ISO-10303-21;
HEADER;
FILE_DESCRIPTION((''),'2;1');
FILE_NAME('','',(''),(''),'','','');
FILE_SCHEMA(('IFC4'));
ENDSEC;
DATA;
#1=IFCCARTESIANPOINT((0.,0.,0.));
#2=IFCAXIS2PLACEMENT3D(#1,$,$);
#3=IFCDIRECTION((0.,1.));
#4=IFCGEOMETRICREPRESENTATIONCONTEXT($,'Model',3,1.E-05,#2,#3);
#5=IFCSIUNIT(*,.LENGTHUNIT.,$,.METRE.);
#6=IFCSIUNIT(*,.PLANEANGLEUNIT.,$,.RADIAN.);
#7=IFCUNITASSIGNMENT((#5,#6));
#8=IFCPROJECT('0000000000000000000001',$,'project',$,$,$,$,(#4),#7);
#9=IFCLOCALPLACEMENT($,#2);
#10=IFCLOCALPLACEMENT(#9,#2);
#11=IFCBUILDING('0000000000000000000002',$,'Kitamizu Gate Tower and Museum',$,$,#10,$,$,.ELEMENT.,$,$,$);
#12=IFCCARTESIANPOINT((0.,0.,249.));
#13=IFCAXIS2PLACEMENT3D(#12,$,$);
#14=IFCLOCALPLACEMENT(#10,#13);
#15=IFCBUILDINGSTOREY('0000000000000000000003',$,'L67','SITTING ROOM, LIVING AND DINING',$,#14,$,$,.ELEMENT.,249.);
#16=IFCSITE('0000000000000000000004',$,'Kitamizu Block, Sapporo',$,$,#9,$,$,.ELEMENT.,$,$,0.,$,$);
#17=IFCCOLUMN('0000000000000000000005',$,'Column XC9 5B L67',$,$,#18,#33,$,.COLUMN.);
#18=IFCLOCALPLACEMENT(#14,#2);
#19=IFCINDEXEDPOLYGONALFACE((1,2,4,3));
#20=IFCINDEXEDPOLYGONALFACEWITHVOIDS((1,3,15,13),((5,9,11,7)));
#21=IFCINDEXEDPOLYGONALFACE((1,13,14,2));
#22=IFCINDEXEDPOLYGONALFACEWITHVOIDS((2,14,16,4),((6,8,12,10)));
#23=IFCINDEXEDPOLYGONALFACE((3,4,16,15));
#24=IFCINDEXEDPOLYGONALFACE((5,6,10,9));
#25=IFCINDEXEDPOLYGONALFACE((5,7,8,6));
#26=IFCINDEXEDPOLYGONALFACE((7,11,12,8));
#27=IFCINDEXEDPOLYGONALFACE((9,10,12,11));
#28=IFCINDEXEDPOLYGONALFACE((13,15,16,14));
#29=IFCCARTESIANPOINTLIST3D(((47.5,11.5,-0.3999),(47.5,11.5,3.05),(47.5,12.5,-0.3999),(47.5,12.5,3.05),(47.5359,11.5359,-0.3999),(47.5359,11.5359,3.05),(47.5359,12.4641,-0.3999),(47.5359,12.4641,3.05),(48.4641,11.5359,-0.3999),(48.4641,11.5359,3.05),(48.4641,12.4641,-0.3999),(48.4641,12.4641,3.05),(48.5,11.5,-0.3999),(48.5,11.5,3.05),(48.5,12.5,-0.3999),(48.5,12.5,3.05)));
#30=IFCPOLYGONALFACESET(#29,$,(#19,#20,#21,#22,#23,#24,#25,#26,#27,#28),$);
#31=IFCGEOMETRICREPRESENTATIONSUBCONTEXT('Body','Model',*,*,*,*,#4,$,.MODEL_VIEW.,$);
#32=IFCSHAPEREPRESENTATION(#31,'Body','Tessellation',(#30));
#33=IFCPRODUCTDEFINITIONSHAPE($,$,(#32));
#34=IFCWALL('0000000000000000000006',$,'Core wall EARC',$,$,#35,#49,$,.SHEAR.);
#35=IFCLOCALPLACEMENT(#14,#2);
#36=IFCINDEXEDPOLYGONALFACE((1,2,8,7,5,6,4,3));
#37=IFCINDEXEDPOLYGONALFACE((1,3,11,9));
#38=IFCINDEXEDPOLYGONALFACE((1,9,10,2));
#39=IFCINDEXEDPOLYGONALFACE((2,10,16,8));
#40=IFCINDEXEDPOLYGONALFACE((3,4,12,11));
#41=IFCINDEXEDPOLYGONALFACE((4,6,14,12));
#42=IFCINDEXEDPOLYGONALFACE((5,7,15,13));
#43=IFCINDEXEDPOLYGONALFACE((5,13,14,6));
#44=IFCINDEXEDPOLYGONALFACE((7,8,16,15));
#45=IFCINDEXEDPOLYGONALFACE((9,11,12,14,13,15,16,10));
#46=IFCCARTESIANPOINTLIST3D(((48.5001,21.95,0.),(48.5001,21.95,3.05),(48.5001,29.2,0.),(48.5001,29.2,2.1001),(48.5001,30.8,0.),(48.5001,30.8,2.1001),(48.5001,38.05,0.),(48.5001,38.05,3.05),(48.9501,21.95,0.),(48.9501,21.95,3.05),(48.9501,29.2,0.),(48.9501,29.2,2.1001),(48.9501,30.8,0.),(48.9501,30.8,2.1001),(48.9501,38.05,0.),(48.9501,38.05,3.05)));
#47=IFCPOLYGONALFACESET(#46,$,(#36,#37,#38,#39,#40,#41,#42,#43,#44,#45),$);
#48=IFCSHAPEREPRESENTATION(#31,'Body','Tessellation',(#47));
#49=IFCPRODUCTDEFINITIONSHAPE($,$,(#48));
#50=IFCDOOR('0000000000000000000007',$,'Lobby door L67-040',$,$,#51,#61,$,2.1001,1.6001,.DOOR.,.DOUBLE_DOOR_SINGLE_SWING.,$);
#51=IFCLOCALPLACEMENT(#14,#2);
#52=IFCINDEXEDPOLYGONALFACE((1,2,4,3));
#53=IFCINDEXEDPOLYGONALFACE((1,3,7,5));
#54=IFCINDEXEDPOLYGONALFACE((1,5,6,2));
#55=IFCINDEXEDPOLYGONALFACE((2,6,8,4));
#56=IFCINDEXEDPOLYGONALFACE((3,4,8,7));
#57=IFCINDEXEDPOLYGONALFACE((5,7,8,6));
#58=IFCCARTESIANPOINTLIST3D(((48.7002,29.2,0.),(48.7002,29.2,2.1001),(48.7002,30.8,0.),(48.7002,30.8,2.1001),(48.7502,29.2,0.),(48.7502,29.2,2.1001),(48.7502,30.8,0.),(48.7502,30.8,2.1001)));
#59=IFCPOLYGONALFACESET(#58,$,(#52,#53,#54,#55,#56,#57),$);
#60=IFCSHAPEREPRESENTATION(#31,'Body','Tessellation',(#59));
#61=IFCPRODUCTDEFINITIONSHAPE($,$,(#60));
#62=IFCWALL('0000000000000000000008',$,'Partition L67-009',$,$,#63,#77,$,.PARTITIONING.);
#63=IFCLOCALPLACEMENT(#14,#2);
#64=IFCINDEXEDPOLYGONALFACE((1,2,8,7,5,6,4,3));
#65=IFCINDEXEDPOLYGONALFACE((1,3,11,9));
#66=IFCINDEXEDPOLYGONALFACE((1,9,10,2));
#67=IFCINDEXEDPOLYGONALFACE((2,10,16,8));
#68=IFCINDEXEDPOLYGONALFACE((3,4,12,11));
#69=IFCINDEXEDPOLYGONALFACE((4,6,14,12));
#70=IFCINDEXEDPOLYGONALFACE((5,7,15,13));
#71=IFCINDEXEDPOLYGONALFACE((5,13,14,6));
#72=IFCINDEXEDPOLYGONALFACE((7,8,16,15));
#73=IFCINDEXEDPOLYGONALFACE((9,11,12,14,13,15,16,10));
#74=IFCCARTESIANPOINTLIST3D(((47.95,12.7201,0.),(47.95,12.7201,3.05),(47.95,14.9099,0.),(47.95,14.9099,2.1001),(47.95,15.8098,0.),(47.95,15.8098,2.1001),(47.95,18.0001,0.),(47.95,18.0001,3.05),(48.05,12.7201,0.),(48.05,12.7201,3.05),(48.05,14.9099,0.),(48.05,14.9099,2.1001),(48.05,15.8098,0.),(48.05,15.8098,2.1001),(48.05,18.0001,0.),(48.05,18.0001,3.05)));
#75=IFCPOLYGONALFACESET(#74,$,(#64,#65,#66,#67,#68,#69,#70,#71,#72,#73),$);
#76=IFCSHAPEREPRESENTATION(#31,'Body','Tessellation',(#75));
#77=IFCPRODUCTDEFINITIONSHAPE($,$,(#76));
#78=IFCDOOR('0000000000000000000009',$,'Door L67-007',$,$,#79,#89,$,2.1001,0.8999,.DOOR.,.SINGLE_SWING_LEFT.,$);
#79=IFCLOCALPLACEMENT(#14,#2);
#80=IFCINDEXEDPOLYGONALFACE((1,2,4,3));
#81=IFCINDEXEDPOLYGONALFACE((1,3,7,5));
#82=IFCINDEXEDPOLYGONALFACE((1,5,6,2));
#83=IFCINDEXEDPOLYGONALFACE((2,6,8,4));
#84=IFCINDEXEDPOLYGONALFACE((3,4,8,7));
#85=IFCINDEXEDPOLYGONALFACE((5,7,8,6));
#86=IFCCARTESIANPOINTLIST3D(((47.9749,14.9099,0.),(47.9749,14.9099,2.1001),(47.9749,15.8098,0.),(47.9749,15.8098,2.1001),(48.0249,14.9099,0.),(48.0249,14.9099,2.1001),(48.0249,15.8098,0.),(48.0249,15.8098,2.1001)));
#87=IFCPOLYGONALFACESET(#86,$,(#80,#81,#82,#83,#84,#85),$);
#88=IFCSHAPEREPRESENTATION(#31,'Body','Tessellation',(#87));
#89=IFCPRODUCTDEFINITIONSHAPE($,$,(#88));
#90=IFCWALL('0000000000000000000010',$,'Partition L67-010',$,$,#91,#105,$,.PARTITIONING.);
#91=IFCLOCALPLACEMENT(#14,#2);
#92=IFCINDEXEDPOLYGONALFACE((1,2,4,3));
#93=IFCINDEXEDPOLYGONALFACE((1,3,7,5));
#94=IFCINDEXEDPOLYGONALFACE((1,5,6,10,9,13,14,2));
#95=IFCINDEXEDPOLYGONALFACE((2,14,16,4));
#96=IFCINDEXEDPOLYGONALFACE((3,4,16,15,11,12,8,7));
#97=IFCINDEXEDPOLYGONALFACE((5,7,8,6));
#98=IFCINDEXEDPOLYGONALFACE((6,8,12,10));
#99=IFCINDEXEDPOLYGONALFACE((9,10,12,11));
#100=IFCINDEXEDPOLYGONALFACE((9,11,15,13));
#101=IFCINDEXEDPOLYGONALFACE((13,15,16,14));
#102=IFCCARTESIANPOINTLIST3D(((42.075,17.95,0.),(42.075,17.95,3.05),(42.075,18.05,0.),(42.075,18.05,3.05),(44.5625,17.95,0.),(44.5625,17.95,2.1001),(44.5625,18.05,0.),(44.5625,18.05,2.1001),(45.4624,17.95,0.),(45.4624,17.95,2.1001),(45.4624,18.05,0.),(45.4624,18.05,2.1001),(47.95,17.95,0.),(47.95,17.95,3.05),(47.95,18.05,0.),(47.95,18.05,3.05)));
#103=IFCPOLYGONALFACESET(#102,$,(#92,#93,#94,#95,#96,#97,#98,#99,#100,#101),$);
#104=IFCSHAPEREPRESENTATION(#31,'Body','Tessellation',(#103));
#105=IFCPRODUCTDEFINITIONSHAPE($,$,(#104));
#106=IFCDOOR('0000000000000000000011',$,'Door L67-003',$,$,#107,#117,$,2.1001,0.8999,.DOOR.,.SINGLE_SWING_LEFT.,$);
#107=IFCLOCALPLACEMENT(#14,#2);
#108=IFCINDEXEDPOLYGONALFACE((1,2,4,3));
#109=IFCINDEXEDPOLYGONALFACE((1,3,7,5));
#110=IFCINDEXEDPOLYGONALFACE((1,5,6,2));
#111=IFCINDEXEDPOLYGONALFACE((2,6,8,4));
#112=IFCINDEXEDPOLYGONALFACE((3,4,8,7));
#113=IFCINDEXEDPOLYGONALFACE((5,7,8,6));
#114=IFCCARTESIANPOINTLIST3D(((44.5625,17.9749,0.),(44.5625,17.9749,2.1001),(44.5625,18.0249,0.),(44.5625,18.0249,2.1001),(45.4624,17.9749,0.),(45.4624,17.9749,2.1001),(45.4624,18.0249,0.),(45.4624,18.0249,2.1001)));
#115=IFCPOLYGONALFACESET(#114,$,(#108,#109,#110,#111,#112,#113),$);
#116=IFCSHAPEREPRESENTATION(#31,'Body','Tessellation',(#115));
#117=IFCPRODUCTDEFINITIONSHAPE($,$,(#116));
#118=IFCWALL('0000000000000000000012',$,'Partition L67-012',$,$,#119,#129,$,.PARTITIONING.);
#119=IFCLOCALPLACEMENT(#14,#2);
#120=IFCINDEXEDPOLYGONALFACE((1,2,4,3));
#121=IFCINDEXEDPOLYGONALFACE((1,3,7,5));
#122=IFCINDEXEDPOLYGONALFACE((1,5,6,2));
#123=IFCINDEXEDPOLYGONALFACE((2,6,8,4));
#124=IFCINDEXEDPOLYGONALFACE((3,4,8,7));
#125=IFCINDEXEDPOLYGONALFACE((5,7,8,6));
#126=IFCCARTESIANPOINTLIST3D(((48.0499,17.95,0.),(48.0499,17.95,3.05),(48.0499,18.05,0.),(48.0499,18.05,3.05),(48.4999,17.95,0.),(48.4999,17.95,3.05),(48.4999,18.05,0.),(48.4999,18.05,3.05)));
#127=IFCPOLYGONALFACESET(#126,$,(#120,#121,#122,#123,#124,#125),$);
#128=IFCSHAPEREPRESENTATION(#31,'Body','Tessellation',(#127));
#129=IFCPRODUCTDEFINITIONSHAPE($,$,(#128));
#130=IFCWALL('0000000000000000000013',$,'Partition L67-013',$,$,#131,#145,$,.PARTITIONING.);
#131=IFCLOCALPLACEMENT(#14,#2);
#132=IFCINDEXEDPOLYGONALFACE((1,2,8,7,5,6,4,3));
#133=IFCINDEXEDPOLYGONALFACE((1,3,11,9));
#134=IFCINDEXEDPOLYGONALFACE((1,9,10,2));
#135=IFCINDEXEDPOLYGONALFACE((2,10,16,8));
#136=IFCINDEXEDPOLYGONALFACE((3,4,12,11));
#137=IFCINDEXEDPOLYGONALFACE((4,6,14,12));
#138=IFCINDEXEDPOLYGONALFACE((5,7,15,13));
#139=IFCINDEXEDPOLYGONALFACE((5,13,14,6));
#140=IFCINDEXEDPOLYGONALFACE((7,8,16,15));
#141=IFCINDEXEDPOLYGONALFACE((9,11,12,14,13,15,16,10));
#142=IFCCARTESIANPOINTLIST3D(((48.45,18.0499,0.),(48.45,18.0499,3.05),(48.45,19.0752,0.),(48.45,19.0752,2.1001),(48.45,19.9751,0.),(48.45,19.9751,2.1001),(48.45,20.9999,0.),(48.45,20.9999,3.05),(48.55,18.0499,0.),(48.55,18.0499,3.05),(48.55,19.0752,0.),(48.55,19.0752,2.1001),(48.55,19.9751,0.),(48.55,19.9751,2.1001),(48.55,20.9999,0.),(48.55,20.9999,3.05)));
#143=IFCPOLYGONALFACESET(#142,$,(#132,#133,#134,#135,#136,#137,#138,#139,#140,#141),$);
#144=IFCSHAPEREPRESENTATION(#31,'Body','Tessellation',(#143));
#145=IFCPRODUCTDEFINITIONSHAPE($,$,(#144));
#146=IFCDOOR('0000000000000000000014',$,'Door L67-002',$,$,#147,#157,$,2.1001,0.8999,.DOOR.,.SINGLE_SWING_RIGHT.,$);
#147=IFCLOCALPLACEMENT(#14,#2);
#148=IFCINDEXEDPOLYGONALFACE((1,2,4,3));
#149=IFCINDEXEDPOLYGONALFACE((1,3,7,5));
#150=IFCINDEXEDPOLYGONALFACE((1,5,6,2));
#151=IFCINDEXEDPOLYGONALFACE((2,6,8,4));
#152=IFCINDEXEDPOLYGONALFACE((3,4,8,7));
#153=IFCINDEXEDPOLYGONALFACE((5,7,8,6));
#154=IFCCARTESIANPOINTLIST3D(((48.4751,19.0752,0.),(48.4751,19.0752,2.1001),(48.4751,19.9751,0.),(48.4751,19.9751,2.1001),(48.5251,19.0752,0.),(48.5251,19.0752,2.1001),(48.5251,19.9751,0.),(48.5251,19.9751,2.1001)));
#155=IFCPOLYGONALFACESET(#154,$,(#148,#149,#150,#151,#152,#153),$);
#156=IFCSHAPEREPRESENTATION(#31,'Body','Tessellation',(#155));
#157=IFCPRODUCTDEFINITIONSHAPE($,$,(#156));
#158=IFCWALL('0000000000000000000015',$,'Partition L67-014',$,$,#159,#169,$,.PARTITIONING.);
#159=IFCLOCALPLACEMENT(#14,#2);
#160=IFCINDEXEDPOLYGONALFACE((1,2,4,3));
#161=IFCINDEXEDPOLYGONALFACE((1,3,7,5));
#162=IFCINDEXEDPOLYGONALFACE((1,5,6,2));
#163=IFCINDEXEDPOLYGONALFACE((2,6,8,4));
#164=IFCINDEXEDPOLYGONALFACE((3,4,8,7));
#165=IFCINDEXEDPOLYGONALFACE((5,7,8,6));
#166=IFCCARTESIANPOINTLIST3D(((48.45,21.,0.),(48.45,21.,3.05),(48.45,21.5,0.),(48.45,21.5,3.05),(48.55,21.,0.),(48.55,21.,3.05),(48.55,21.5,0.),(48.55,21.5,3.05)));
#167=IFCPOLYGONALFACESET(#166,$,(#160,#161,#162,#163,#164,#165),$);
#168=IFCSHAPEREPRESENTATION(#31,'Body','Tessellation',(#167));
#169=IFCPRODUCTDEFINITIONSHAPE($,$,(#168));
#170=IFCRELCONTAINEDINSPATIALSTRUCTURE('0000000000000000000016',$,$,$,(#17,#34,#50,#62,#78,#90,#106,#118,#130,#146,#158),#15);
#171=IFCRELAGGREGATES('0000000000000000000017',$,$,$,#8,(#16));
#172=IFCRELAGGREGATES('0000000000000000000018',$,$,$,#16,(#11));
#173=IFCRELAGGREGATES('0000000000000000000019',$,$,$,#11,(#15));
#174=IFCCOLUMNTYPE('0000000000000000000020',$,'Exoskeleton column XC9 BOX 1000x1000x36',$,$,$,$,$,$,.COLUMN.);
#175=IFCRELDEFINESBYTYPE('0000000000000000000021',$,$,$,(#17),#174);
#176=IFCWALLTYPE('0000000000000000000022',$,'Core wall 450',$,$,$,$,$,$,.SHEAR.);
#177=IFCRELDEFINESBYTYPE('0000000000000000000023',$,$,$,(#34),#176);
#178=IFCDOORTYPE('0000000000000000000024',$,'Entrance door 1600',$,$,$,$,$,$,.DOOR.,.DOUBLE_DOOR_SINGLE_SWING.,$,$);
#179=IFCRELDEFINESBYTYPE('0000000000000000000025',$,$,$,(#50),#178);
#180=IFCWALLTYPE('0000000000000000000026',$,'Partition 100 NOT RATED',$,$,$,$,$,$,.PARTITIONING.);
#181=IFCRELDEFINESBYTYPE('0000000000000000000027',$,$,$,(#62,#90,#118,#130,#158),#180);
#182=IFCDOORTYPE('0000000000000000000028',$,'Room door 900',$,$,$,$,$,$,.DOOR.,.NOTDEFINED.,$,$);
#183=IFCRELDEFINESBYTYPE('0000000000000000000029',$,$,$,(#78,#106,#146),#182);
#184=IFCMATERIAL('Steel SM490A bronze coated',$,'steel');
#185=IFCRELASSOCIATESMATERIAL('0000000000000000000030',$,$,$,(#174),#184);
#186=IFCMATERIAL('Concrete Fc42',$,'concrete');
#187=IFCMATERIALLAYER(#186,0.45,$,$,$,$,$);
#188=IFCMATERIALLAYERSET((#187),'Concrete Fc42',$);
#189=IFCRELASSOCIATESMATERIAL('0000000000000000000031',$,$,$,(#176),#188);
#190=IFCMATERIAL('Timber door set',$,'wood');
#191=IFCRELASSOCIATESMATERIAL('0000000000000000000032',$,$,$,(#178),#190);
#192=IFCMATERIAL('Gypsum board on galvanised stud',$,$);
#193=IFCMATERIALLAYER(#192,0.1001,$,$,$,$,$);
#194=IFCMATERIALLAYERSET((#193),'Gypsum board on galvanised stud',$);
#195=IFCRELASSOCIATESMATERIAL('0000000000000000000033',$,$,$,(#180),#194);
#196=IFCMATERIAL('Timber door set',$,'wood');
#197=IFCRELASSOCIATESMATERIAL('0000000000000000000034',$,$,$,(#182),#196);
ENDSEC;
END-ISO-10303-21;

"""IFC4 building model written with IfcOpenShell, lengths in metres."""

from ifc_helpers import new_model, si_unit, direction, frame, frame_2d, origin, origin_2d, place, context, subcontext, project, spatial, rectangle, hollow_rectangle, extrude, material, layer, layer_set, material_profile, profile_set, type_object, element, fill, save


model = new_model("IFC4")

# Units and contexts
model_context = context("Model", 3, precision=1e-05, world=origin(), true_north=direction((0.0, 1.0)))
body_context = subcontext(model_context, "Body", "Model", "MODEL_VIEW")
ifc_project = project(units=[si_unit("LENGTHUNIT", "METRE"), si_unit("PLANEANGLEUNIT", "RADIAN")], contexts=[model_context])

# Site, building, storey
site_placement = place(None, origin())
site = spatial("IfcSite", under=ifc_project, at=site_placement, Name="Kitamizu Block, Sapporo", CompositionType="ELEMENT", RefElevation=0.0)
building_placement = place(site_placement, origin())
building = spatial("IfcBuilding", under=site, at=building_placement, Name="Kitamizu Gate Tower and Museum", CompositionType="ELEMENT")
storey_placement = place(building_placement, frame((0.0, 0.0, 249.0)))
storey = spatial("IfcBuildingStorey", under=building, at=storey_placement, Name="L67", Description="SITTING ROOM, LIVING AND DINING", CompositionType="ELEMENT", Elevation=249.0)

# Column
ifc_material_1 = material(Name="Steel SM490A bronze coated", Category="steel")
ifc_material_profile = material_profile(ifc_material_1, hollow_rectangle(XDim=1.0, YDim=1.0, WallThickness=0.0359, at=origin_2d()), Name="BOX 1000x1000x36")
ifc_profile_set = profile_set([ifc_material_profile], Name="Steel SM490A bronze coated")
column_type = type_object("IfcColumnType", Name="Exoskeleton column XC9 BOX 1000x1000x36", PredefinedType="COLUMN", material=ifc_profile_set)
column_placement = place(storey_placement, frame((48.0, 12.0, -0.3999), z_axis=(0.0, 0.0, 1.0), x_axis=(1.0, 0.0, 0.0)))
element("IfcColumn", 1, at=column_placement, inside=storey, type_object=column_type, Name="Column XC9 5B L67", PredefinedType="COLUMN", context=body_context, shape_type="SweptSolid", body=[
    extrude(hollow_rectangle(XDim=1.0, YDim=1.0, WallThickness=0.0359, at=origin_2d()), origin(), (0.0, 0.0, 1.0), 3.45),
])

# Walls, openings, doors
ifc_material_2 = material(Name="Concrete Fc42", Category="concrete")
ifc_layer_1 = layer(ifc_material_2, 0.45)
ifc_layer_set_1 = layer_set([ifc_layer_1], Name="Concrete Fc42")
wall_type_1 = type_object("IfcWallType", Name="Core wall 450", PredefinedType="SHEAR", material=ifc_layer_set_1)
wall_1_placement = place(storey_placement, frame((48.7251, 21.95, 0.0), z_axis=(0.0, 0.0, 1.0), x_axis=(0.0, 1.0, 0.0)))
wall_1 = element("IfcWall", 2, at=wall_1_placement, inside=storey, type_object=wall_type_1, Name="Core wall EARC", PredefinedType="SHEAR", context=body_context, shape_type="SweptSolid", body=[
    extrude(rectangle(XDim=16.1001, YDim=0.45, at=frame_2d((8.05, 0.0))), origin(), (0.0, 0.0, 1.0), 3.05),
])
opening_1_placement = place(wall_1_placement, frame((7.25, 0.0, 0.0)))
opening_1 = element("IfcOpeningElement", 3, at=opening_1_placement, cuts=wall_1, PredefinedType="OPENING", context=body_context, shape_type="SweptSolid", body=[
    extrude(rectangle(XDim=1.6001, YDim=2.1001, at=frame_2d((0.8, 1.05))), frame((0.0, 0.2349, 0.0), z_axis=(0.0, -1.0, 0.0), x_axis=(1.0, 0.0, 0.0)), (0.0, 0.0, 1.0), 0.47),
])
ifc_material_3 = material(Name="Timber door set", Category="wood")
door_type_1 = type_object("IfcDoorType", Name="Entrance door 1600", OperationType="DOUBLE_DOOR_SINGLE_SWING", PredefinedType="DOOR", material=ifc_material_3)
door_1_placement = place(opening_1_placement, origin())
door_1 = element("IfcDoor", 4, at=door_1_placement, inside=storey, type_object=door_type_1, Name="Lobby door L67-040", OperationType="DOUBLE_DOOR_SINGLE_SWING", OverallHeight=2.1001, OverallWidth=1.6001, PredefinedType="DOOR", context=body_context, shape_type="SweptSolid", body=[
    extrude(rectangle(XDim=1.6001, YDim=2.1001, at=frame_2d((0.8, 1.05))), frame((0.0, 0.0249, 0.0), z_axis=(0.0, -1.0, 0.0), x_axis=(1.0, 0.0, 0.0)), (0.0, 0.0, 1.0), 0.05),
])
fill(opening_1, door_1)
ifc_material_4 = material(Name="Gypsum board on galvanised stud")
ifc_layer_2 = layer(ifc_material_4, 0.1001)
ifc_layer_set_2 = layer_set([ifc_layer_2], Name="Gypsum board on galvanised stud")
wall_type_2 = type_object("IfcWallType", Name="Partition 100 NOT RATED", PredefinedType="PARTITIONING", material=ifc_layer_set_2)
wall_2_placement = place(storey_placement, frame((48.0, 12.72, 0.0), z_axis=(0.0, 0.0, 1.0), x_axis=(0.0, 1.0, 0.0)))
wall_2 = element("IfcWall", 5, at=wall_2_placement, inside=storey, type_object=wall_type_2, Name="Partition L67-009", PredefinedType="PARTITIONING", context=body_context, shape_type="SweptSolid", body=[
    extrude(rectangle(XDim=5.28, YDim=0.1001, at=frame_2d((2.6401, 0.0))), origin(), (0.0, 0.0, 1.0), 3.05),
])
opening_2_placement = place(wall_2_placement, frame((2.1899, 0.0, 0.0)))
opening_2 = element("IfcOpeningElement", 6, at=opening_2_placement, cuts=wall_2, PredefinedType="OPENING", context=body_context, shape_type="SweptSolid", body=[
    extrude(rectangle(XDim=0.8999, YDim=2.1001, at=frame_2d((0.45, 1.05))), frame((0.0, 0.0601, 0.0), z_axis=(0.0, -1.0, 0.0), x_axis=(1.0, 0.0, 0.0)), (0.0, 0.0, 1.0), 0.1201),
])
ifc_material_5 = material(Name="Timber door set", Category="wood")
door_type_2 = type_object("IfcDoorType", Name="Room door 900", OperationType="NOTDEFINED", PredefinedType="DOOR", material=ifc_material_5)
door_2_placement = place(opening_2_placement, frame((0.8999, 0.0, 0.0), x_axis=(-1.0, 0.0, 0.0)))
door_2 = element("IfcDoor", 7, at=door_2_placement, inside=storey, type_object=door_type_2, Name="Door L67-007", OperationType="SINGLE_SWING_LEFT", OverallHeight=2.1001, OverallWidth=0.8999, PredefinedType="DOOR", context=body_context, shape_type="SweptSolid", body=[
    extrude(rectangle(XDim=0.8999, YDim=2.1001, at=frame_2d((0.45, 1.05))), frame((0.0, 0.0249, 0.0), z_axis=(0.0, -1.0, 0.0), x_axis=(1.0, 0.0, 0.0)), (0.0, 0.0, 1.0), 0.05),
])
fill(opening_2, door_2)
wall_3_placement = place(storey_placement, frame((47.95, 18.0, 0.0), z_axis=(0.0, 0.0, 1.0), x_axis=(-1.0, 0.0, 0.0)))
wall_3 = element("IfcWall", 8, at=wall_3_placement, inside=storey, type_object=wall_type_2, Name="Partition L67-010", PredefinedType="PARTITIONING", context=body_context, shape_type="SweptSolid", body=[
    extrude(rectangle(XDim=5.875, YDim=0.1001, at=frame_2d((2.9375, 0.0))), origin(), (0.0, 0.0, 1.0), 3.05),
])
opening_3_placement = place(wall_3_placement, frame((2.4875, 0.0, 0.0)))
opening_3 = element("IfcOpeningElement", 9, at=opening_3_placement, cuts=wall_3, PredefinedType="OPENING", context=body_context, shape_type="SweptSolid", body=[
    extrude(rectangle(XDim=0.8999, YDim=2.1001, at=frame_2d((0.45, 1.05))), frame((0.0, 0.0601, 0.0), z_axis=(0.0, -1.0, 0.0), x_axis=(1.0, 0.0, 0.0)), (0.0, 0.0, 1.0), 0.1201),
])
door_3_placement = place(opening_3_placement, frame((0.8999, 0.0, 0.0), x_axis=(-1.0, 0.0, 0.0)))
door_3 = element("IfcDoor", 10, at=door_3_placement, inside=storey, type_object=door_type_2, Name="Door L67-003", OperationType="SINGLE_SWING_LEFT", OverallHeight=2.1001, OverallWidth=0.8999, PredefinedType="DOOR", context=body_context, shape_type="SweptSolid", body=[
    extrude(rectangle(XDim=0.8999, YDim=2.1001, at=frame_2d((0.45, 1.05))), frame((0.0, 0.0249, 0.0), z_axis=(0.0, -1.0, 0.0), x_axis=(1.0, 0.0, 0.0)), (0.0, 0.0, 1.0), 0.05),
])
fill(opening_3, door_3)

# Wall
wall_4_placement = place(storey_placement, frame((48.5, 18.0, 0.0), z_axis=(0.0, 0.0, 1.0), x_axis=(-1.0, 0.0, 0.0)))
element("IfcWall", 11, at=wall_4_placement, inside=storey, type_object=wall_type_2, Name="Partition L67-012", PredefinedType="PARTITIONING", context=body_context, shape_type="SweptSolid", body=[
    extrude(rectangle(XDim=0.45, YDim=0.1001, at=frame_2d((0.2251, 0.0))), origin(), (0.0, 0.0, 1.0), 3.05),
])

# Wall, opening, door
wall_5_placement = place(storey_placement, frame((48.5, 21.0, 0.0), z_axis=(0.0, 0.0, 1.0), x_axis=(0.0, -1.0, 0.0)))
wall_5 = element("IfcWall", 12, at=wall_5_placement, inside=storey, type_object=wall_type_2, Name="Partition L67-013", PredefinedType="PARTITIONING", context=body_context, shape_type="SweptSolid", body=[
    extrude(rectangle(XDim=2.95, YDim=0.1001, at=frame_2d((1.4751, 0.0))), origin(), (0.0, 0.0, 1.0), 3.05),
])
opening_4_placement = place(wall_5_placement, frame((1.0249, 0.0, 0.0)))
opening_4 = element("IfcOpeningElement", 13, at=opening_4_placement, cuts=wall_5, PredefinedType="OPENING", context=body_context, shape_type="SweptSolid", body=[
    extrude(rectangle(XDim=0.8999, YDim=2.1001, at=frame_2d((0.45, 1.05))), frame((0.0, 0.0601, 0.0), z_axis=(0.0, -1.0, 0.0), x_axis=(1.0, 0.0, 0.0)), (0.0, 0.0, 1.0), 0.1201),
])
door_4_placement = place(opening_4_placement, frame((0.8999, 0.0, 0.0), x_axis=(-1.0, 0.0, 0.0)))
door_4 = element("IfcDoor", 14, at=door_4_placement, inside=storey, type_object=door_type_2, Name="Door L67-002", OperationType="SINGLE_SWING_RIGHT", OverallHeight=2.1001, OverallWidth=0.8999, PredefinedType="DOOR", context=body_context, shape_type="SweptSolid", body=[
    extrude(rectangle(XDim=0.8999, YDim=2.1001, at=frame_2d((0.45, 1.05))), frame((0.0, 0.0249, 0.0), z_axis=(0.0, -1.0, 0.0), x_axis=(1.0, 0.0, 0.0)), (0.0, 0.0, 1.0), 0.05),
])
fill(opening_4, door_4)

# Wall
wall_6_placement = place(storey_placement, frame((48.5, 21.5, 0.0), z_axis=(0.0, 0.0, 1.0), x_axis=(0.0, -1.0, 0.0)))
element("IfcWall", 15, at=wall_6_placement, inside=storey, type_object=wall_type_2, Name="Partition L67-014", PredefinedType="PARTITIONING", context=body_context, shape_type="SweptSolid", body=[
    extrude(rectangle(XDim=0.5, YDim=0.1001, at=frame_2d((0.25, 0.0))), origin(), (0.0, 0.0, 1.0), 3.05),
])

save(model, "model.ifc")
